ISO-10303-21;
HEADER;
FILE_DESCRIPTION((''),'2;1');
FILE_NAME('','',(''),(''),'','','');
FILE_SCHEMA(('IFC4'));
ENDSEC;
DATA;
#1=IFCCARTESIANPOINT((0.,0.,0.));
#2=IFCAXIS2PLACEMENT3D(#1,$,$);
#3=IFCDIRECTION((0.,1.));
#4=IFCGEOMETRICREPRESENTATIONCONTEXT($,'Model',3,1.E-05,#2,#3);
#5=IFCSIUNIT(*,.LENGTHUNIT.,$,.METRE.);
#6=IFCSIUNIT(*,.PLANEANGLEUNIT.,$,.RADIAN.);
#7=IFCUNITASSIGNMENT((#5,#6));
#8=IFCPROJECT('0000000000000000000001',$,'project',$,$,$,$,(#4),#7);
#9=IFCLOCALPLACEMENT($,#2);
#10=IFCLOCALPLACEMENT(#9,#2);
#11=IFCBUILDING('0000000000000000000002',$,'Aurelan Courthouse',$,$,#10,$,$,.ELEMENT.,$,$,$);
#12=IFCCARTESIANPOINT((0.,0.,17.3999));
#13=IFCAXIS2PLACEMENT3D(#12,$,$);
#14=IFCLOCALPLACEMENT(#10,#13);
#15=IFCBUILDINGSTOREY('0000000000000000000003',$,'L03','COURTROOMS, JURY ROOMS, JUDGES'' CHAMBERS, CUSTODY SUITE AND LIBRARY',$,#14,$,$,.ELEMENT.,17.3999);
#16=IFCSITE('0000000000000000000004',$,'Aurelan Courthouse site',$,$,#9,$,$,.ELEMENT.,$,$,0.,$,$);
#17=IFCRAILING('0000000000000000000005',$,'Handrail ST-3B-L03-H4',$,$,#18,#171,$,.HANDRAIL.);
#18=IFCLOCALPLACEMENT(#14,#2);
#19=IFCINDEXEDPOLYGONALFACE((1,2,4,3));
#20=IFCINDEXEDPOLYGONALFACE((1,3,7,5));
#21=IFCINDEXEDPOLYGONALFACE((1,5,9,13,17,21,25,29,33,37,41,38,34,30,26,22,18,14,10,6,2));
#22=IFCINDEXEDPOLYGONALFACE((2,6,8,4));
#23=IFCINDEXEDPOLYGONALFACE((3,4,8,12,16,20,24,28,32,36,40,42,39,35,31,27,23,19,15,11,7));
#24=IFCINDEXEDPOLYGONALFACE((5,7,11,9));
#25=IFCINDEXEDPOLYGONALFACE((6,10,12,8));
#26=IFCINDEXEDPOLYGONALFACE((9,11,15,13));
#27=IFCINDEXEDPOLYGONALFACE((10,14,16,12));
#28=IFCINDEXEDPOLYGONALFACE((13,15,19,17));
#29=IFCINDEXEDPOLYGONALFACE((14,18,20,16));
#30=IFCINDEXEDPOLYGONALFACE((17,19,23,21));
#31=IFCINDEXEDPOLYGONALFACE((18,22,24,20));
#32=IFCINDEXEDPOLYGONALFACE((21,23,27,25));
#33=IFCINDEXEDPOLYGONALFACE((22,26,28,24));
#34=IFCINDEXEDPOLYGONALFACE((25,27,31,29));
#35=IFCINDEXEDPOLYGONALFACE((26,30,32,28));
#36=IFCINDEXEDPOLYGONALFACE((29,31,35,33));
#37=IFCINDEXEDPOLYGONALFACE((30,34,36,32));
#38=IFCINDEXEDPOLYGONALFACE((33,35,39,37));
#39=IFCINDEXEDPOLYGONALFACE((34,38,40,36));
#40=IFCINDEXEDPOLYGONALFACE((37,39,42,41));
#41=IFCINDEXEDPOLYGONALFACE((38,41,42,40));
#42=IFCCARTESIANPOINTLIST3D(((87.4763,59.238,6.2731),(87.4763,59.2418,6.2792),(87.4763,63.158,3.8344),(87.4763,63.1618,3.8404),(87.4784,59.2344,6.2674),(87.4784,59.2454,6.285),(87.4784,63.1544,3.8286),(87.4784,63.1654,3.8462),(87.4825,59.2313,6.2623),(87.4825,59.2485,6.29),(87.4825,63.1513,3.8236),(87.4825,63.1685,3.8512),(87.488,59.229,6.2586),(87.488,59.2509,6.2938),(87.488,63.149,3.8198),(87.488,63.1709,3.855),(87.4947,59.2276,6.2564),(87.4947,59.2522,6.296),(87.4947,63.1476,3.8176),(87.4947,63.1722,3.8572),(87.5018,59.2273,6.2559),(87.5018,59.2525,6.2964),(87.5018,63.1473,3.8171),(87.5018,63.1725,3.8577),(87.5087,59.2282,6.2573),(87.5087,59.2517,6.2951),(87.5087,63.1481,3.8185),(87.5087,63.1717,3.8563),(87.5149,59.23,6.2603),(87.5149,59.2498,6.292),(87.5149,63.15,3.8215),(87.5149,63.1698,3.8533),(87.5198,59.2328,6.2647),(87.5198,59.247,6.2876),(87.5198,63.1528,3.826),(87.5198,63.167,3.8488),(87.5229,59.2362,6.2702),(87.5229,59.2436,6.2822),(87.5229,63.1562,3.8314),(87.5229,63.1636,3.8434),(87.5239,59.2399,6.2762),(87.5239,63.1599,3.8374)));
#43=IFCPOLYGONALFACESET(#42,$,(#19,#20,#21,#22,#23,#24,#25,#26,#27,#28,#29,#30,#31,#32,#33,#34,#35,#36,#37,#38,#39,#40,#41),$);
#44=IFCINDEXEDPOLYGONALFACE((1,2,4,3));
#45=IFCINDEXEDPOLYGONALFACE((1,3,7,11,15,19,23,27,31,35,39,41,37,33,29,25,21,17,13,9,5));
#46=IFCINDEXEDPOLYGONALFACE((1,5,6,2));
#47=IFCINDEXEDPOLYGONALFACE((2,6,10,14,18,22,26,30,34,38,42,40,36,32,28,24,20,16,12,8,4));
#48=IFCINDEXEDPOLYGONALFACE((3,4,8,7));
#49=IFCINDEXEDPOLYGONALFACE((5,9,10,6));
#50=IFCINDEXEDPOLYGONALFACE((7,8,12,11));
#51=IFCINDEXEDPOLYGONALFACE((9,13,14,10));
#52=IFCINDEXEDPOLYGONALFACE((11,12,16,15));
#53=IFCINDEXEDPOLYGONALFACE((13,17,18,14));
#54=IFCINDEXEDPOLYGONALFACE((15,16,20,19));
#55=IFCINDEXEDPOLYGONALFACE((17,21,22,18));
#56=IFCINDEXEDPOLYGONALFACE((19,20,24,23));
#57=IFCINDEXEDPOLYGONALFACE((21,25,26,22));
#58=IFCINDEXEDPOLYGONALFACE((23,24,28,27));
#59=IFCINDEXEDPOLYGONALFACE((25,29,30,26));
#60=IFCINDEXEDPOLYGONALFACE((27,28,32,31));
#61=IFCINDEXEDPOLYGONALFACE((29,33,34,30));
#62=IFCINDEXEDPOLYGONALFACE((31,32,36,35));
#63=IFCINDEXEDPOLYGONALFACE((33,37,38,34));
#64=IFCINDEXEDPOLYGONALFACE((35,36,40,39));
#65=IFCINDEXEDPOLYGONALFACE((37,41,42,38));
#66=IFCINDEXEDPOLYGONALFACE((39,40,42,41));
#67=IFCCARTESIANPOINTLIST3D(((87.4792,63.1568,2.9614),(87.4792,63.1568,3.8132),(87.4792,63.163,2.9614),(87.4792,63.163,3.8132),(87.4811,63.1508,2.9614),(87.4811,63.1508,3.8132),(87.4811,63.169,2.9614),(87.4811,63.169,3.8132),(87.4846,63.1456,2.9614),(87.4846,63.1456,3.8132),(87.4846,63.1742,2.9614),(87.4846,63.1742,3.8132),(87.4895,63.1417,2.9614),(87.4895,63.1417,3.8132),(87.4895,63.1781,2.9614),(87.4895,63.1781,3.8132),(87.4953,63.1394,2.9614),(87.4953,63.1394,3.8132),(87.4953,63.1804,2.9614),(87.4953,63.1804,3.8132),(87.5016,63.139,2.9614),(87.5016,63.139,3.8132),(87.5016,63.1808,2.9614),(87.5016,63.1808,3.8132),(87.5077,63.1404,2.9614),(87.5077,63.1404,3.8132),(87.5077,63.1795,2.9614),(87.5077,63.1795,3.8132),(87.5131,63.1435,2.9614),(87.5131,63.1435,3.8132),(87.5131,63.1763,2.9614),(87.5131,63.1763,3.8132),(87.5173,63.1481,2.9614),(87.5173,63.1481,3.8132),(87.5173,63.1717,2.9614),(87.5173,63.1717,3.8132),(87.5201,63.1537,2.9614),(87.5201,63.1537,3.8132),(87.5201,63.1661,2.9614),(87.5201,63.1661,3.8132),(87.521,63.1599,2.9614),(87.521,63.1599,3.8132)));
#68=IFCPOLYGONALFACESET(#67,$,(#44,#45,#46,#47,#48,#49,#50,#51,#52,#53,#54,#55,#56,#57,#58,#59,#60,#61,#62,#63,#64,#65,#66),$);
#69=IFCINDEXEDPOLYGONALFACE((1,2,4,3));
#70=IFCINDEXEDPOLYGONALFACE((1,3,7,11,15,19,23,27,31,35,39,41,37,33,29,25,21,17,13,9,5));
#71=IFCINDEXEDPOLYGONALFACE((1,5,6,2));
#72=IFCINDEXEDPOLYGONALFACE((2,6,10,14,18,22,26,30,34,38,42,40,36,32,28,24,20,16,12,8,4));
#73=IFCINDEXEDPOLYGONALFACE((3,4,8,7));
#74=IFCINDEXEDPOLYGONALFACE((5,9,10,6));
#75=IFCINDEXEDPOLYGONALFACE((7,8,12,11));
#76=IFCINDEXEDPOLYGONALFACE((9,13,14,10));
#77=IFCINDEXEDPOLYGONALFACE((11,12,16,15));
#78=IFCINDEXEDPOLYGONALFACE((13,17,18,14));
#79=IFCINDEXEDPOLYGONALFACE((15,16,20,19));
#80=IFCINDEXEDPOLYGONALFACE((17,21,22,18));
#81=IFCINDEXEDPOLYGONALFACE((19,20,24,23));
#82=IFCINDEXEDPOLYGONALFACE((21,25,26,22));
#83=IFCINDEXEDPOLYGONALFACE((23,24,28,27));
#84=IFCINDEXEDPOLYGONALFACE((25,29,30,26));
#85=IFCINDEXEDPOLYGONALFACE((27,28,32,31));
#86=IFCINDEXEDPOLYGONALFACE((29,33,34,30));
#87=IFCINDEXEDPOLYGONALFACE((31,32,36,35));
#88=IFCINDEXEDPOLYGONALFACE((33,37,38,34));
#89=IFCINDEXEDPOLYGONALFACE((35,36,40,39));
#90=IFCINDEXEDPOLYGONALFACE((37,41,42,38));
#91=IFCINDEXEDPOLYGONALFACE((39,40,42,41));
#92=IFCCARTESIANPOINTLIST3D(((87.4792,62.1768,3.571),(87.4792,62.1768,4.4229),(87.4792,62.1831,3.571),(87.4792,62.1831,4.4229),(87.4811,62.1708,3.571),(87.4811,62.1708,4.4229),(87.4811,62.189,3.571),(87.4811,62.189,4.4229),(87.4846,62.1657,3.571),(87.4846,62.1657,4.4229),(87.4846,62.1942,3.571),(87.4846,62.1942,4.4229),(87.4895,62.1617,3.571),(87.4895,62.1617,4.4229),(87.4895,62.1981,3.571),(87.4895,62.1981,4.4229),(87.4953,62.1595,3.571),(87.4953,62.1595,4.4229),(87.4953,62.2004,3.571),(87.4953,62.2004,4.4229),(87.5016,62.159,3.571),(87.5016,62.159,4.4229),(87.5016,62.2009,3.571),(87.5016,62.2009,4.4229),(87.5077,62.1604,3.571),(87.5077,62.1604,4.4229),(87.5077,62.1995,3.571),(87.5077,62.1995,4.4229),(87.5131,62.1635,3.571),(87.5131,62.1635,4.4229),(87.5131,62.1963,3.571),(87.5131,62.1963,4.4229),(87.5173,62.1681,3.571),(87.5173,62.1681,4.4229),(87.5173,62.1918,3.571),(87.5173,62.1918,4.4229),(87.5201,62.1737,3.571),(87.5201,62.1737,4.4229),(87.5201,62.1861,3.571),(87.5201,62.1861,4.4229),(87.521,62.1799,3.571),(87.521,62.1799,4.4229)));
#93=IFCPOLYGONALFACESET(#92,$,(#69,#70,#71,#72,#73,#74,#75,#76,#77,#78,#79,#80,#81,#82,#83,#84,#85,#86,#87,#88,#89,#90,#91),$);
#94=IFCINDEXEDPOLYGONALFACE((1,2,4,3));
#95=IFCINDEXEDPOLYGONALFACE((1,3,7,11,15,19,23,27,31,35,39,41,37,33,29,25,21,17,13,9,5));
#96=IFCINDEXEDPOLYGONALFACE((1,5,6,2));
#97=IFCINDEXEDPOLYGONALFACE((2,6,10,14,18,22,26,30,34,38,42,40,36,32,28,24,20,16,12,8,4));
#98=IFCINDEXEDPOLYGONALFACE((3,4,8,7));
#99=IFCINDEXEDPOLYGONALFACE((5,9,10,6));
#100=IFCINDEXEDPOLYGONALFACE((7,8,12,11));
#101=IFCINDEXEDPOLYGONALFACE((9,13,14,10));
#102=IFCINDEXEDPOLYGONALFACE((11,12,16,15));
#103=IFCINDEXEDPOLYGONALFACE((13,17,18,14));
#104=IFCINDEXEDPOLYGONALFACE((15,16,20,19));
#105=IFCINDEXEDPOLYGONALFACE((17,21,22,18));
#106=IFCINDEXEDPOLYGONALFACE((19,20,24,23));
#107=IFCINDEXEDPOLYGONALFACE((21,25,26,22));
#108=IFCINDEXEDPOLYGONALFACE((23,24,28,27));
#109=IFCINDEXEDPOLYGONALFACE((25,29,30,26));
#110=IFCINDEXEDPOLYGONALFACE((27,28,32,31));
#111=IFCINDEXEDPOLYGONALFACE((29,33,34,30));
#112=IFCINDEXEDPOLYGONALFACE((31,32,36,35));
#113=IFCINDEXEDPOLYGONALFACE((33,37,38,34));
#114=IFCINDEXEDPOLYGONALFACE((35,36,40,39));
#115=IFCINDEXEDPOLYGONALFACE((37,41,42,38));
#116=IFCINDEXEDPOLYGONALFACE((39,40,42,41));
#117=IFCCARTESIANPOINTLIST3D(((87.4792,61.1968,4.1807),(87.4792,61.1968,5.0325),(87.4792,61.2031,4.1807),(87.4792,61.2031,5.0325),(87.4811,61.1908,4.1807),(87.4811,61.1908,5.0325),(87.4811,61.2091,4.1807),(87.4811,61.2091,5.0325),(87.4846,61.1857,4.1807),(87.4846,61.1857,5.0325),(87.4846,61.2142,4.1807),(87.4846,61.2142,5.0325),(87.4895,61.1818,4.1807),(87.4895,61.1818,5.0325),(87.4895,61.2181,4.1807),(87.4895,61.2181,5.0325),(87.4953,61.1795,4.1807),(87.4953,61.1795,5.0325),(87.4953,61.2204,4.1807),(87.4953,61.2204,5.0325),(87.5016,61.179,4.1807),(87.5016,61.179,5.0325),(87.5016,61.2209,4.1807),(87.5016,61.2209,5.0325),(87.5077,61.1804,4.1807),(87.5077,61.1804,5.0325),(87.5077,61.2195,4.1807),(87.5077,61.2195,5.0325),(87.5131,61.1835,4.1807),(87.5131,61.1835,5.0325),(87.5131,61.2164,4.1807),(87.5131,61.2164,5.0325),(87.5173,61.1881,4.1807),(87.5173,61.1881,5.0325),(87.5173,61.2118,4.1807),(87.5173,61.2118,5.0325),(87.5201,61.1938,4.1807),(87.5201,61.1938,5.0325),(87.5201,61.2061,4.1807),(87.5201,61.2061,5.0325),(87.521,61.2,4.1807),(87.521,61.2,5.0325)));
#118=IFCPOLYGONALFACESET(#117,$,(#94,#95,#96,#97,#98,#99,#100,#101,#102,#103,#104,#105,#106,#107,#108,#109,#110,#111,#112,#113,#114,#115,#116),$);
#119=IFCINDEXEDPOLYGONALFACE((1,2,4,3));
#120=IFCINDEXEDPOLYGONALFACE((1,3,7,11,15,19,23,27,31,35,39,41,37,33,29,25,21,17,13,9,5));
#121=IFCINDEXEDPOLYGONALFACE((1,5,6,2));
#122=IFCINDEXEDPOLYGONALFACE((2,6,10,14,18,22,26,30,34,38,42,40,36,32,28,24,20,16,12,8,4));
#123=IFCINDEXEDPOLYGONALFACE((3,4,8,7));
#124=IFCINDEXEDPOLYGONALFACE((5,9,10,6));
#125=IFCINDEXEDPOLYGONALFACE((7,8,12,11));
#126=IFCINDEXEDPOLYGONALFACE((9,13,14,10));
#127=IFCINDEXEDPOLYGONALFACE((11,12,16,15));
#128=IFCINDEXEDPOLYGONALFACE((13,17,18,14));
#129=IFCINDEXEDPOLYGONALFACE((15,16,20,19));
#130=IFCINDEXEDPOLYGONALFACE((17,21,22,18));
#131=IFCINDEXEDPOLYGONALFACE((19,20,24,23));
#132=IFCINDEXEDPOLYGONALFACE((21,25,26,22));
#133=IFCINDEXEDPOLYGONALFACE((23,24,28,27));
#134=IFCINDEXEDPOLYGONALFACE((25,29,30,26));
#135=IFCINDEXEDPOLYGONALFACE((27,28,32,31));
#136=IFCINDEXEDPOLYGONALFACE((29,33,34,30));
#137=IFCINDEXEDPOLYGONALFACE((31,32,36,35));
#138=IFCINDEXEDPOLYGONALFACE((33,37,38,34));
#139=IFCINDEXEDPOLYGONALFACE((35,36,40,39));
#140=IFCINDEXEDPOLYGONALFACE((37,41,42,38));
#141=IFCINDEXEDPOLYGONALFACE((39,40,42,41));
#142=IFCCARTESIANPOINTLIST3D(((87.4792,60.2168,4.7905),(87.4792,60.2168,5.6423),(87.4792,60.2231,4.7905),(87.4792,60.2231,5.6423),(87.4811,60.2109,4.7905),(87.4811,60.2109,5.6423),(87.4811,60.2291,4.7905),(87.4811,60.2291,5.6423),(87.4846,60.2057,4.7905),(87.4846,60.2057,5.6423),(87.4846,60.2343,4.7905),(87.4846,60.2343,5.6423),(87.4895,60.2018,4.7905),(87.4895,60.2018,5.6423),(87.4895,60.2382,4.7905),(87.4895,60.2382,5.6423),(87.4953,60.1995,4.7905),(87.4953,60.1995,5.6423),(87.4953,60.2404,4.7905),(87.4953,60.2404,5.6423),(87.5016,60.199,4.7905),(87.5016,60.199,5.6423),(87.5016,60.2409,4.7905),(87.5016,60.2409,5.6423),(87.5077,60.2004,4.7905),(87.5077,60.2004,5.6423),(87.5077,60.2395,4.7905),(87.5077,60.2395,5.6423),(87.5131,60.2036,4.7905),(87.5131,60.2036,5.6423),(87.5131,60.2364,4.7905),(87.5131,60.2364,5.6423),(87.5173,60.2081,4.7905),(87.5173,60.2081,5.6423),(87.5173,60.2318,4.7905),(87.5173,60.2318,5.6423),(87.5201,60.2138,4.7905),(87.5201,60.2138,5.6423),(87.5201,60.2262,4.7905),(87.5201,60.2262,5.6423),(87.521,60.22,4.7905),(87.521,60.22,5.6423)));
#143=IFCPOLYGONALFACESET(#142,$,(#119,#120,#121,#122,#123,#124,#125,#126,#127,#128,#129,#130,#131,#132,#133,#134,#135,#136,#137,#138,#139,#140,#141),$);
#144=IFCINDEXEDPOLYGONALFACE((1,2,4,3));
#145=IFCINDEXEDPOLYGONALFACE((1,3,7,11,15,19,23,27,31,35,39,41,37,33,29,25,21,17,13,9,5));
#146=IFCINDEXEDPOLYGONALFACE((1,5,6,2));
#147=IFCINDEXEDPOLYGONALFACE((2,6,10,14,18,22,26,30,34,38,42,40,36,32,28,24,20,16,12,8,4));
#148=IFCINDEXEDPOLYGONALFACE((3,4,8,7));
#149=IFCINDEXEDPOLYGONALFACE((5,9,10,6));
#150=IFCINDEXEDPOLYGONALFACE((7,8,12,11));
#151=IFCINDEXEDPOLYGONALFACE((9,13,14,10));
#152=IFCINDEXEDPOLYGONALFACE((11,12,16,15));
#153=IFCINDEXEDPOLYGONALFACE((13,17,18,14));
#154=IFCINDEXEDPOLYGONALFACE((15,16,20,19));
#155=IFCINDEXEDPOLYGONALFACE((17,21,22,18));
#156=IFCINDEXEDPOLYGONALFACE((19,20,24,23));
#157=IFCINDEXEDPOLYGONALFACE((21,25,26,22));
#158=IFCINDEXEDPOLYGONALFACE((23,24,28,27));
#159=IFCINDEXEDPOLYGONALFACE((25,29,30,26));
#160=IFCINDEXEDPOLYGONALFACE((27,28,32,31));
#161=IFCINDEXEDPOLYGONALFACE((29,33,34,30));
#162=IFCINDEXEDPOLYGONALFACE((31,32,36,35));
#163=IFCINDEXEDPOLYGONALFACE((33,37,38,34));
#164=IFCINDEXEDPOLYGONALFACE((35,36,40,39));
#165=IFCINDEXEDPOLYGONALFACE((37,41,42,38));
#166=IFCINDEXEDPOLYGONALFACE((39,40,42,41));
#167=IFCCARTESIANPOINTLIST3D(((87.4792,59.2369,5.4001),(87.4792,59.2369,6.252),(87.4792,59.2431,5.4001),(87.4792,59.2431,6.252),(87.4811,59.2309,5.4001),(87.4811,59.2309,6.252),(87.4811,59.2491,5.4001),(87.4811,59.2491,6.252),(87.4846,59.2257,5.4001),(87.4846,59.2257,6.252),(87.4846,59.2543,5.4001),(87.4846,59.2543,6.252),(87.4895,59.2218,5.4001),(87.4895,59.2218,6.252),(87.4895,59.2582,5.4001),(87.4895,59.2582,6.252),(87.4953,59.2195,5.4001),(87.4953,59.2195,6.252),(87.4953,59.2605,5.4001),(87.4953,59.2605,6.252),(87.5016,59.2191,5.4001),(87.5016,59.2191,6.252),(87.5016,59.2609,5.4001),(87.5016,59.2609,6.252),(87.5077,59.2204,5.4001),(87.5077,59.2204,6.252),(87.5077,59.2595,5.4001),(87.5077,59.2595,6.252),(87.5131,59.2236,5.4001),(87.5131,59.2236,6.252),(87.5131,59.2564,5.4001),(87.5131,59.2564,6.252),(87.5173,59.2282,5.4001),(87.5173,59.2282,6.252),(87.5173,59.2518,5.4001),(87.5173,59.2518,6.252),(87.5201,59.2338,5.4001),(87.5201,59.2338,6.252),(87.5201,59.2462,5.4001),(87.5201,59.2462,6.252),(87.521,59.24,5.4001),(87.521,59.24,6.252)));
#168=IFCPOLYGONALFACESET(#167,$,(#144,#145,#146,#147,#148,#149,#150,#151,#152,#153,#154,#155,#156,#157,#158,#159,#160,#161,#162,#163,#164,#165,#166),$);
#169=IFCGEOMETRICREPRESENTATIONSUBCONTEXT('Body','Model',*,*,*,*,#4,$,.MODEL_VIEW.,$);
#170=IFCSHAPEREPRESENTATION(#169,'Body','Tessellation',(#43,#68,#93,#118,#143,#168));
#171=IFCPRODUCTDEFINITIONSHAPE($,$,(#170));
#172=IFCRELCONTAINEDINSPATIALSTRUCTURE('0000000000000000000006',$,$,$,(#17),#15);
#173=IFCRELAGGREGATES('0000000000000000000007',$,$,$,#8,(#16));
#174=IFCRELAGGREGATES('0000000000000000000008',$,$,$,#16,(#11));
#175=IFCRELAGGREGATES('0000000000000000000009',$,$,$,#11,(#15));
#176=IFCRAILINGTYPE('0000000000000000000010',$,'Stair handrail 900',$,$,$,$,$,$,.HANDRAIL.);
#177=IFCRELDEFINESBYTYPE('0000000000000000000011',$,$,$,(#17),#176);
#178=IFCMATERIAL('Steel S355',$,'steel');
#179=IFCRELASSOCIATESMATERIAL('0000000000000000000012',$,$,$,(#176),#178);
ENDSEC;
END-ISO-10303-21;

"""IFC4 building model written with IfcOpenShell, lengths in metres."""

from ifc_helpers import new_model, si_unit, direction, frame, origin, origin_2d, place, context, subcontext, project, spatial, circle, extrude, material, type_object, element, save


model = new_model("IFC4")

# Units and contexts
model_context = context("Model", 3, precision=1e-05, world=origin(), true_north=direction((0.0, 1.0)))
body_context = subcontext(model_context, "Body", "Model", "MODEL_VIEW")
ifc_project = project(units=[si_unit("LENGTHUNIT", "METRE"), si_unit("PLANEANGLEUNIT", "RADIAN")], contexts=[model_context])

# Site, building, storey
site_placement = place(None, origin())
site = spatial("IfcSite", under=ifc_project, at=site_placement, Name="Aurelan Courthouse site", CompositionType="ELEMENT", RefElevation=0.0)
building_placement = place(site_placement, origin())
building = spatial("IfcBuilding", under=site, at=building_placement, Name="Aurelan Courthouse", CompositionType="ELEMENT")
storey_placement = place(building_placement, frame((0.0, 0.0, 17.3999)))
storey = spatial("IfcBuildingStorey", under=building, at=storey_placement, Name="L03", Description="COURTROOMS, JURY ROOMS, JUDGES' CHAMBERS, CUSTODY SUITE AND LIBRARY", CompositionType="ELEMENT", Elevation=17.3999)

# Railing
ifc_material_1 = material(Name="Steel S355", Category="steel")
railing_type_1 = type_object("IfcRailingType", Name="Stair handrail 900", PredefinedType="HANDRAIL", material=ifc_material_1)
for number, where, name in (
    (1, (87.5, 63.1599, 2.9614), "Handrail ST-3B-L03-H4"),
):
    element("IfcRailing", number, at=place(storey_placement, frame(where)), inside=storey, type_object=railing_type_1, Name=name, PredefinedType="HANDRAIL", context=body_context, shape_type="SweptSolid", body=[
        extrude(circle(Radius=0.0239, at=origin_2d()), frame((0.0, 0.0, 0.876), z_axis=(0.0, -0.84909, 0.528249), x_axis=(1.0, 0.0, 0.0)), (0.0, 0.0, 1.0), 4.6167),
        extrude(circle(Radius=0.021, at=origin_2d()), origin(), (0.0, 0.0, 1.0), 0.8518),
        extrude(circle(Radius=0.021, at=origin_2d()), frame((0.0, -0.98, 0.6096)), (0.0, 0.0, 1.0), 0.8518),
        extrude(circle(Radius=0.021, at=origin_2d()), frame((0.0, -1.96, 1.2192)), (0.0, 0.0, 1.0), 0.8518),
        extrude(circle(Radius=0.021, at=origin_2d()), frame((0.0, -2.9399, 1.8291)), (0.0, 0.0, 1.0), 0.8518),
        extrude(circle(Radius=0.021, at=origin_2d()), frame((0.0, -3.9199, 2.4387)), (0.0, 0.0, 1.0), 0.8518),
    ])

save(model, "model.ifc")
